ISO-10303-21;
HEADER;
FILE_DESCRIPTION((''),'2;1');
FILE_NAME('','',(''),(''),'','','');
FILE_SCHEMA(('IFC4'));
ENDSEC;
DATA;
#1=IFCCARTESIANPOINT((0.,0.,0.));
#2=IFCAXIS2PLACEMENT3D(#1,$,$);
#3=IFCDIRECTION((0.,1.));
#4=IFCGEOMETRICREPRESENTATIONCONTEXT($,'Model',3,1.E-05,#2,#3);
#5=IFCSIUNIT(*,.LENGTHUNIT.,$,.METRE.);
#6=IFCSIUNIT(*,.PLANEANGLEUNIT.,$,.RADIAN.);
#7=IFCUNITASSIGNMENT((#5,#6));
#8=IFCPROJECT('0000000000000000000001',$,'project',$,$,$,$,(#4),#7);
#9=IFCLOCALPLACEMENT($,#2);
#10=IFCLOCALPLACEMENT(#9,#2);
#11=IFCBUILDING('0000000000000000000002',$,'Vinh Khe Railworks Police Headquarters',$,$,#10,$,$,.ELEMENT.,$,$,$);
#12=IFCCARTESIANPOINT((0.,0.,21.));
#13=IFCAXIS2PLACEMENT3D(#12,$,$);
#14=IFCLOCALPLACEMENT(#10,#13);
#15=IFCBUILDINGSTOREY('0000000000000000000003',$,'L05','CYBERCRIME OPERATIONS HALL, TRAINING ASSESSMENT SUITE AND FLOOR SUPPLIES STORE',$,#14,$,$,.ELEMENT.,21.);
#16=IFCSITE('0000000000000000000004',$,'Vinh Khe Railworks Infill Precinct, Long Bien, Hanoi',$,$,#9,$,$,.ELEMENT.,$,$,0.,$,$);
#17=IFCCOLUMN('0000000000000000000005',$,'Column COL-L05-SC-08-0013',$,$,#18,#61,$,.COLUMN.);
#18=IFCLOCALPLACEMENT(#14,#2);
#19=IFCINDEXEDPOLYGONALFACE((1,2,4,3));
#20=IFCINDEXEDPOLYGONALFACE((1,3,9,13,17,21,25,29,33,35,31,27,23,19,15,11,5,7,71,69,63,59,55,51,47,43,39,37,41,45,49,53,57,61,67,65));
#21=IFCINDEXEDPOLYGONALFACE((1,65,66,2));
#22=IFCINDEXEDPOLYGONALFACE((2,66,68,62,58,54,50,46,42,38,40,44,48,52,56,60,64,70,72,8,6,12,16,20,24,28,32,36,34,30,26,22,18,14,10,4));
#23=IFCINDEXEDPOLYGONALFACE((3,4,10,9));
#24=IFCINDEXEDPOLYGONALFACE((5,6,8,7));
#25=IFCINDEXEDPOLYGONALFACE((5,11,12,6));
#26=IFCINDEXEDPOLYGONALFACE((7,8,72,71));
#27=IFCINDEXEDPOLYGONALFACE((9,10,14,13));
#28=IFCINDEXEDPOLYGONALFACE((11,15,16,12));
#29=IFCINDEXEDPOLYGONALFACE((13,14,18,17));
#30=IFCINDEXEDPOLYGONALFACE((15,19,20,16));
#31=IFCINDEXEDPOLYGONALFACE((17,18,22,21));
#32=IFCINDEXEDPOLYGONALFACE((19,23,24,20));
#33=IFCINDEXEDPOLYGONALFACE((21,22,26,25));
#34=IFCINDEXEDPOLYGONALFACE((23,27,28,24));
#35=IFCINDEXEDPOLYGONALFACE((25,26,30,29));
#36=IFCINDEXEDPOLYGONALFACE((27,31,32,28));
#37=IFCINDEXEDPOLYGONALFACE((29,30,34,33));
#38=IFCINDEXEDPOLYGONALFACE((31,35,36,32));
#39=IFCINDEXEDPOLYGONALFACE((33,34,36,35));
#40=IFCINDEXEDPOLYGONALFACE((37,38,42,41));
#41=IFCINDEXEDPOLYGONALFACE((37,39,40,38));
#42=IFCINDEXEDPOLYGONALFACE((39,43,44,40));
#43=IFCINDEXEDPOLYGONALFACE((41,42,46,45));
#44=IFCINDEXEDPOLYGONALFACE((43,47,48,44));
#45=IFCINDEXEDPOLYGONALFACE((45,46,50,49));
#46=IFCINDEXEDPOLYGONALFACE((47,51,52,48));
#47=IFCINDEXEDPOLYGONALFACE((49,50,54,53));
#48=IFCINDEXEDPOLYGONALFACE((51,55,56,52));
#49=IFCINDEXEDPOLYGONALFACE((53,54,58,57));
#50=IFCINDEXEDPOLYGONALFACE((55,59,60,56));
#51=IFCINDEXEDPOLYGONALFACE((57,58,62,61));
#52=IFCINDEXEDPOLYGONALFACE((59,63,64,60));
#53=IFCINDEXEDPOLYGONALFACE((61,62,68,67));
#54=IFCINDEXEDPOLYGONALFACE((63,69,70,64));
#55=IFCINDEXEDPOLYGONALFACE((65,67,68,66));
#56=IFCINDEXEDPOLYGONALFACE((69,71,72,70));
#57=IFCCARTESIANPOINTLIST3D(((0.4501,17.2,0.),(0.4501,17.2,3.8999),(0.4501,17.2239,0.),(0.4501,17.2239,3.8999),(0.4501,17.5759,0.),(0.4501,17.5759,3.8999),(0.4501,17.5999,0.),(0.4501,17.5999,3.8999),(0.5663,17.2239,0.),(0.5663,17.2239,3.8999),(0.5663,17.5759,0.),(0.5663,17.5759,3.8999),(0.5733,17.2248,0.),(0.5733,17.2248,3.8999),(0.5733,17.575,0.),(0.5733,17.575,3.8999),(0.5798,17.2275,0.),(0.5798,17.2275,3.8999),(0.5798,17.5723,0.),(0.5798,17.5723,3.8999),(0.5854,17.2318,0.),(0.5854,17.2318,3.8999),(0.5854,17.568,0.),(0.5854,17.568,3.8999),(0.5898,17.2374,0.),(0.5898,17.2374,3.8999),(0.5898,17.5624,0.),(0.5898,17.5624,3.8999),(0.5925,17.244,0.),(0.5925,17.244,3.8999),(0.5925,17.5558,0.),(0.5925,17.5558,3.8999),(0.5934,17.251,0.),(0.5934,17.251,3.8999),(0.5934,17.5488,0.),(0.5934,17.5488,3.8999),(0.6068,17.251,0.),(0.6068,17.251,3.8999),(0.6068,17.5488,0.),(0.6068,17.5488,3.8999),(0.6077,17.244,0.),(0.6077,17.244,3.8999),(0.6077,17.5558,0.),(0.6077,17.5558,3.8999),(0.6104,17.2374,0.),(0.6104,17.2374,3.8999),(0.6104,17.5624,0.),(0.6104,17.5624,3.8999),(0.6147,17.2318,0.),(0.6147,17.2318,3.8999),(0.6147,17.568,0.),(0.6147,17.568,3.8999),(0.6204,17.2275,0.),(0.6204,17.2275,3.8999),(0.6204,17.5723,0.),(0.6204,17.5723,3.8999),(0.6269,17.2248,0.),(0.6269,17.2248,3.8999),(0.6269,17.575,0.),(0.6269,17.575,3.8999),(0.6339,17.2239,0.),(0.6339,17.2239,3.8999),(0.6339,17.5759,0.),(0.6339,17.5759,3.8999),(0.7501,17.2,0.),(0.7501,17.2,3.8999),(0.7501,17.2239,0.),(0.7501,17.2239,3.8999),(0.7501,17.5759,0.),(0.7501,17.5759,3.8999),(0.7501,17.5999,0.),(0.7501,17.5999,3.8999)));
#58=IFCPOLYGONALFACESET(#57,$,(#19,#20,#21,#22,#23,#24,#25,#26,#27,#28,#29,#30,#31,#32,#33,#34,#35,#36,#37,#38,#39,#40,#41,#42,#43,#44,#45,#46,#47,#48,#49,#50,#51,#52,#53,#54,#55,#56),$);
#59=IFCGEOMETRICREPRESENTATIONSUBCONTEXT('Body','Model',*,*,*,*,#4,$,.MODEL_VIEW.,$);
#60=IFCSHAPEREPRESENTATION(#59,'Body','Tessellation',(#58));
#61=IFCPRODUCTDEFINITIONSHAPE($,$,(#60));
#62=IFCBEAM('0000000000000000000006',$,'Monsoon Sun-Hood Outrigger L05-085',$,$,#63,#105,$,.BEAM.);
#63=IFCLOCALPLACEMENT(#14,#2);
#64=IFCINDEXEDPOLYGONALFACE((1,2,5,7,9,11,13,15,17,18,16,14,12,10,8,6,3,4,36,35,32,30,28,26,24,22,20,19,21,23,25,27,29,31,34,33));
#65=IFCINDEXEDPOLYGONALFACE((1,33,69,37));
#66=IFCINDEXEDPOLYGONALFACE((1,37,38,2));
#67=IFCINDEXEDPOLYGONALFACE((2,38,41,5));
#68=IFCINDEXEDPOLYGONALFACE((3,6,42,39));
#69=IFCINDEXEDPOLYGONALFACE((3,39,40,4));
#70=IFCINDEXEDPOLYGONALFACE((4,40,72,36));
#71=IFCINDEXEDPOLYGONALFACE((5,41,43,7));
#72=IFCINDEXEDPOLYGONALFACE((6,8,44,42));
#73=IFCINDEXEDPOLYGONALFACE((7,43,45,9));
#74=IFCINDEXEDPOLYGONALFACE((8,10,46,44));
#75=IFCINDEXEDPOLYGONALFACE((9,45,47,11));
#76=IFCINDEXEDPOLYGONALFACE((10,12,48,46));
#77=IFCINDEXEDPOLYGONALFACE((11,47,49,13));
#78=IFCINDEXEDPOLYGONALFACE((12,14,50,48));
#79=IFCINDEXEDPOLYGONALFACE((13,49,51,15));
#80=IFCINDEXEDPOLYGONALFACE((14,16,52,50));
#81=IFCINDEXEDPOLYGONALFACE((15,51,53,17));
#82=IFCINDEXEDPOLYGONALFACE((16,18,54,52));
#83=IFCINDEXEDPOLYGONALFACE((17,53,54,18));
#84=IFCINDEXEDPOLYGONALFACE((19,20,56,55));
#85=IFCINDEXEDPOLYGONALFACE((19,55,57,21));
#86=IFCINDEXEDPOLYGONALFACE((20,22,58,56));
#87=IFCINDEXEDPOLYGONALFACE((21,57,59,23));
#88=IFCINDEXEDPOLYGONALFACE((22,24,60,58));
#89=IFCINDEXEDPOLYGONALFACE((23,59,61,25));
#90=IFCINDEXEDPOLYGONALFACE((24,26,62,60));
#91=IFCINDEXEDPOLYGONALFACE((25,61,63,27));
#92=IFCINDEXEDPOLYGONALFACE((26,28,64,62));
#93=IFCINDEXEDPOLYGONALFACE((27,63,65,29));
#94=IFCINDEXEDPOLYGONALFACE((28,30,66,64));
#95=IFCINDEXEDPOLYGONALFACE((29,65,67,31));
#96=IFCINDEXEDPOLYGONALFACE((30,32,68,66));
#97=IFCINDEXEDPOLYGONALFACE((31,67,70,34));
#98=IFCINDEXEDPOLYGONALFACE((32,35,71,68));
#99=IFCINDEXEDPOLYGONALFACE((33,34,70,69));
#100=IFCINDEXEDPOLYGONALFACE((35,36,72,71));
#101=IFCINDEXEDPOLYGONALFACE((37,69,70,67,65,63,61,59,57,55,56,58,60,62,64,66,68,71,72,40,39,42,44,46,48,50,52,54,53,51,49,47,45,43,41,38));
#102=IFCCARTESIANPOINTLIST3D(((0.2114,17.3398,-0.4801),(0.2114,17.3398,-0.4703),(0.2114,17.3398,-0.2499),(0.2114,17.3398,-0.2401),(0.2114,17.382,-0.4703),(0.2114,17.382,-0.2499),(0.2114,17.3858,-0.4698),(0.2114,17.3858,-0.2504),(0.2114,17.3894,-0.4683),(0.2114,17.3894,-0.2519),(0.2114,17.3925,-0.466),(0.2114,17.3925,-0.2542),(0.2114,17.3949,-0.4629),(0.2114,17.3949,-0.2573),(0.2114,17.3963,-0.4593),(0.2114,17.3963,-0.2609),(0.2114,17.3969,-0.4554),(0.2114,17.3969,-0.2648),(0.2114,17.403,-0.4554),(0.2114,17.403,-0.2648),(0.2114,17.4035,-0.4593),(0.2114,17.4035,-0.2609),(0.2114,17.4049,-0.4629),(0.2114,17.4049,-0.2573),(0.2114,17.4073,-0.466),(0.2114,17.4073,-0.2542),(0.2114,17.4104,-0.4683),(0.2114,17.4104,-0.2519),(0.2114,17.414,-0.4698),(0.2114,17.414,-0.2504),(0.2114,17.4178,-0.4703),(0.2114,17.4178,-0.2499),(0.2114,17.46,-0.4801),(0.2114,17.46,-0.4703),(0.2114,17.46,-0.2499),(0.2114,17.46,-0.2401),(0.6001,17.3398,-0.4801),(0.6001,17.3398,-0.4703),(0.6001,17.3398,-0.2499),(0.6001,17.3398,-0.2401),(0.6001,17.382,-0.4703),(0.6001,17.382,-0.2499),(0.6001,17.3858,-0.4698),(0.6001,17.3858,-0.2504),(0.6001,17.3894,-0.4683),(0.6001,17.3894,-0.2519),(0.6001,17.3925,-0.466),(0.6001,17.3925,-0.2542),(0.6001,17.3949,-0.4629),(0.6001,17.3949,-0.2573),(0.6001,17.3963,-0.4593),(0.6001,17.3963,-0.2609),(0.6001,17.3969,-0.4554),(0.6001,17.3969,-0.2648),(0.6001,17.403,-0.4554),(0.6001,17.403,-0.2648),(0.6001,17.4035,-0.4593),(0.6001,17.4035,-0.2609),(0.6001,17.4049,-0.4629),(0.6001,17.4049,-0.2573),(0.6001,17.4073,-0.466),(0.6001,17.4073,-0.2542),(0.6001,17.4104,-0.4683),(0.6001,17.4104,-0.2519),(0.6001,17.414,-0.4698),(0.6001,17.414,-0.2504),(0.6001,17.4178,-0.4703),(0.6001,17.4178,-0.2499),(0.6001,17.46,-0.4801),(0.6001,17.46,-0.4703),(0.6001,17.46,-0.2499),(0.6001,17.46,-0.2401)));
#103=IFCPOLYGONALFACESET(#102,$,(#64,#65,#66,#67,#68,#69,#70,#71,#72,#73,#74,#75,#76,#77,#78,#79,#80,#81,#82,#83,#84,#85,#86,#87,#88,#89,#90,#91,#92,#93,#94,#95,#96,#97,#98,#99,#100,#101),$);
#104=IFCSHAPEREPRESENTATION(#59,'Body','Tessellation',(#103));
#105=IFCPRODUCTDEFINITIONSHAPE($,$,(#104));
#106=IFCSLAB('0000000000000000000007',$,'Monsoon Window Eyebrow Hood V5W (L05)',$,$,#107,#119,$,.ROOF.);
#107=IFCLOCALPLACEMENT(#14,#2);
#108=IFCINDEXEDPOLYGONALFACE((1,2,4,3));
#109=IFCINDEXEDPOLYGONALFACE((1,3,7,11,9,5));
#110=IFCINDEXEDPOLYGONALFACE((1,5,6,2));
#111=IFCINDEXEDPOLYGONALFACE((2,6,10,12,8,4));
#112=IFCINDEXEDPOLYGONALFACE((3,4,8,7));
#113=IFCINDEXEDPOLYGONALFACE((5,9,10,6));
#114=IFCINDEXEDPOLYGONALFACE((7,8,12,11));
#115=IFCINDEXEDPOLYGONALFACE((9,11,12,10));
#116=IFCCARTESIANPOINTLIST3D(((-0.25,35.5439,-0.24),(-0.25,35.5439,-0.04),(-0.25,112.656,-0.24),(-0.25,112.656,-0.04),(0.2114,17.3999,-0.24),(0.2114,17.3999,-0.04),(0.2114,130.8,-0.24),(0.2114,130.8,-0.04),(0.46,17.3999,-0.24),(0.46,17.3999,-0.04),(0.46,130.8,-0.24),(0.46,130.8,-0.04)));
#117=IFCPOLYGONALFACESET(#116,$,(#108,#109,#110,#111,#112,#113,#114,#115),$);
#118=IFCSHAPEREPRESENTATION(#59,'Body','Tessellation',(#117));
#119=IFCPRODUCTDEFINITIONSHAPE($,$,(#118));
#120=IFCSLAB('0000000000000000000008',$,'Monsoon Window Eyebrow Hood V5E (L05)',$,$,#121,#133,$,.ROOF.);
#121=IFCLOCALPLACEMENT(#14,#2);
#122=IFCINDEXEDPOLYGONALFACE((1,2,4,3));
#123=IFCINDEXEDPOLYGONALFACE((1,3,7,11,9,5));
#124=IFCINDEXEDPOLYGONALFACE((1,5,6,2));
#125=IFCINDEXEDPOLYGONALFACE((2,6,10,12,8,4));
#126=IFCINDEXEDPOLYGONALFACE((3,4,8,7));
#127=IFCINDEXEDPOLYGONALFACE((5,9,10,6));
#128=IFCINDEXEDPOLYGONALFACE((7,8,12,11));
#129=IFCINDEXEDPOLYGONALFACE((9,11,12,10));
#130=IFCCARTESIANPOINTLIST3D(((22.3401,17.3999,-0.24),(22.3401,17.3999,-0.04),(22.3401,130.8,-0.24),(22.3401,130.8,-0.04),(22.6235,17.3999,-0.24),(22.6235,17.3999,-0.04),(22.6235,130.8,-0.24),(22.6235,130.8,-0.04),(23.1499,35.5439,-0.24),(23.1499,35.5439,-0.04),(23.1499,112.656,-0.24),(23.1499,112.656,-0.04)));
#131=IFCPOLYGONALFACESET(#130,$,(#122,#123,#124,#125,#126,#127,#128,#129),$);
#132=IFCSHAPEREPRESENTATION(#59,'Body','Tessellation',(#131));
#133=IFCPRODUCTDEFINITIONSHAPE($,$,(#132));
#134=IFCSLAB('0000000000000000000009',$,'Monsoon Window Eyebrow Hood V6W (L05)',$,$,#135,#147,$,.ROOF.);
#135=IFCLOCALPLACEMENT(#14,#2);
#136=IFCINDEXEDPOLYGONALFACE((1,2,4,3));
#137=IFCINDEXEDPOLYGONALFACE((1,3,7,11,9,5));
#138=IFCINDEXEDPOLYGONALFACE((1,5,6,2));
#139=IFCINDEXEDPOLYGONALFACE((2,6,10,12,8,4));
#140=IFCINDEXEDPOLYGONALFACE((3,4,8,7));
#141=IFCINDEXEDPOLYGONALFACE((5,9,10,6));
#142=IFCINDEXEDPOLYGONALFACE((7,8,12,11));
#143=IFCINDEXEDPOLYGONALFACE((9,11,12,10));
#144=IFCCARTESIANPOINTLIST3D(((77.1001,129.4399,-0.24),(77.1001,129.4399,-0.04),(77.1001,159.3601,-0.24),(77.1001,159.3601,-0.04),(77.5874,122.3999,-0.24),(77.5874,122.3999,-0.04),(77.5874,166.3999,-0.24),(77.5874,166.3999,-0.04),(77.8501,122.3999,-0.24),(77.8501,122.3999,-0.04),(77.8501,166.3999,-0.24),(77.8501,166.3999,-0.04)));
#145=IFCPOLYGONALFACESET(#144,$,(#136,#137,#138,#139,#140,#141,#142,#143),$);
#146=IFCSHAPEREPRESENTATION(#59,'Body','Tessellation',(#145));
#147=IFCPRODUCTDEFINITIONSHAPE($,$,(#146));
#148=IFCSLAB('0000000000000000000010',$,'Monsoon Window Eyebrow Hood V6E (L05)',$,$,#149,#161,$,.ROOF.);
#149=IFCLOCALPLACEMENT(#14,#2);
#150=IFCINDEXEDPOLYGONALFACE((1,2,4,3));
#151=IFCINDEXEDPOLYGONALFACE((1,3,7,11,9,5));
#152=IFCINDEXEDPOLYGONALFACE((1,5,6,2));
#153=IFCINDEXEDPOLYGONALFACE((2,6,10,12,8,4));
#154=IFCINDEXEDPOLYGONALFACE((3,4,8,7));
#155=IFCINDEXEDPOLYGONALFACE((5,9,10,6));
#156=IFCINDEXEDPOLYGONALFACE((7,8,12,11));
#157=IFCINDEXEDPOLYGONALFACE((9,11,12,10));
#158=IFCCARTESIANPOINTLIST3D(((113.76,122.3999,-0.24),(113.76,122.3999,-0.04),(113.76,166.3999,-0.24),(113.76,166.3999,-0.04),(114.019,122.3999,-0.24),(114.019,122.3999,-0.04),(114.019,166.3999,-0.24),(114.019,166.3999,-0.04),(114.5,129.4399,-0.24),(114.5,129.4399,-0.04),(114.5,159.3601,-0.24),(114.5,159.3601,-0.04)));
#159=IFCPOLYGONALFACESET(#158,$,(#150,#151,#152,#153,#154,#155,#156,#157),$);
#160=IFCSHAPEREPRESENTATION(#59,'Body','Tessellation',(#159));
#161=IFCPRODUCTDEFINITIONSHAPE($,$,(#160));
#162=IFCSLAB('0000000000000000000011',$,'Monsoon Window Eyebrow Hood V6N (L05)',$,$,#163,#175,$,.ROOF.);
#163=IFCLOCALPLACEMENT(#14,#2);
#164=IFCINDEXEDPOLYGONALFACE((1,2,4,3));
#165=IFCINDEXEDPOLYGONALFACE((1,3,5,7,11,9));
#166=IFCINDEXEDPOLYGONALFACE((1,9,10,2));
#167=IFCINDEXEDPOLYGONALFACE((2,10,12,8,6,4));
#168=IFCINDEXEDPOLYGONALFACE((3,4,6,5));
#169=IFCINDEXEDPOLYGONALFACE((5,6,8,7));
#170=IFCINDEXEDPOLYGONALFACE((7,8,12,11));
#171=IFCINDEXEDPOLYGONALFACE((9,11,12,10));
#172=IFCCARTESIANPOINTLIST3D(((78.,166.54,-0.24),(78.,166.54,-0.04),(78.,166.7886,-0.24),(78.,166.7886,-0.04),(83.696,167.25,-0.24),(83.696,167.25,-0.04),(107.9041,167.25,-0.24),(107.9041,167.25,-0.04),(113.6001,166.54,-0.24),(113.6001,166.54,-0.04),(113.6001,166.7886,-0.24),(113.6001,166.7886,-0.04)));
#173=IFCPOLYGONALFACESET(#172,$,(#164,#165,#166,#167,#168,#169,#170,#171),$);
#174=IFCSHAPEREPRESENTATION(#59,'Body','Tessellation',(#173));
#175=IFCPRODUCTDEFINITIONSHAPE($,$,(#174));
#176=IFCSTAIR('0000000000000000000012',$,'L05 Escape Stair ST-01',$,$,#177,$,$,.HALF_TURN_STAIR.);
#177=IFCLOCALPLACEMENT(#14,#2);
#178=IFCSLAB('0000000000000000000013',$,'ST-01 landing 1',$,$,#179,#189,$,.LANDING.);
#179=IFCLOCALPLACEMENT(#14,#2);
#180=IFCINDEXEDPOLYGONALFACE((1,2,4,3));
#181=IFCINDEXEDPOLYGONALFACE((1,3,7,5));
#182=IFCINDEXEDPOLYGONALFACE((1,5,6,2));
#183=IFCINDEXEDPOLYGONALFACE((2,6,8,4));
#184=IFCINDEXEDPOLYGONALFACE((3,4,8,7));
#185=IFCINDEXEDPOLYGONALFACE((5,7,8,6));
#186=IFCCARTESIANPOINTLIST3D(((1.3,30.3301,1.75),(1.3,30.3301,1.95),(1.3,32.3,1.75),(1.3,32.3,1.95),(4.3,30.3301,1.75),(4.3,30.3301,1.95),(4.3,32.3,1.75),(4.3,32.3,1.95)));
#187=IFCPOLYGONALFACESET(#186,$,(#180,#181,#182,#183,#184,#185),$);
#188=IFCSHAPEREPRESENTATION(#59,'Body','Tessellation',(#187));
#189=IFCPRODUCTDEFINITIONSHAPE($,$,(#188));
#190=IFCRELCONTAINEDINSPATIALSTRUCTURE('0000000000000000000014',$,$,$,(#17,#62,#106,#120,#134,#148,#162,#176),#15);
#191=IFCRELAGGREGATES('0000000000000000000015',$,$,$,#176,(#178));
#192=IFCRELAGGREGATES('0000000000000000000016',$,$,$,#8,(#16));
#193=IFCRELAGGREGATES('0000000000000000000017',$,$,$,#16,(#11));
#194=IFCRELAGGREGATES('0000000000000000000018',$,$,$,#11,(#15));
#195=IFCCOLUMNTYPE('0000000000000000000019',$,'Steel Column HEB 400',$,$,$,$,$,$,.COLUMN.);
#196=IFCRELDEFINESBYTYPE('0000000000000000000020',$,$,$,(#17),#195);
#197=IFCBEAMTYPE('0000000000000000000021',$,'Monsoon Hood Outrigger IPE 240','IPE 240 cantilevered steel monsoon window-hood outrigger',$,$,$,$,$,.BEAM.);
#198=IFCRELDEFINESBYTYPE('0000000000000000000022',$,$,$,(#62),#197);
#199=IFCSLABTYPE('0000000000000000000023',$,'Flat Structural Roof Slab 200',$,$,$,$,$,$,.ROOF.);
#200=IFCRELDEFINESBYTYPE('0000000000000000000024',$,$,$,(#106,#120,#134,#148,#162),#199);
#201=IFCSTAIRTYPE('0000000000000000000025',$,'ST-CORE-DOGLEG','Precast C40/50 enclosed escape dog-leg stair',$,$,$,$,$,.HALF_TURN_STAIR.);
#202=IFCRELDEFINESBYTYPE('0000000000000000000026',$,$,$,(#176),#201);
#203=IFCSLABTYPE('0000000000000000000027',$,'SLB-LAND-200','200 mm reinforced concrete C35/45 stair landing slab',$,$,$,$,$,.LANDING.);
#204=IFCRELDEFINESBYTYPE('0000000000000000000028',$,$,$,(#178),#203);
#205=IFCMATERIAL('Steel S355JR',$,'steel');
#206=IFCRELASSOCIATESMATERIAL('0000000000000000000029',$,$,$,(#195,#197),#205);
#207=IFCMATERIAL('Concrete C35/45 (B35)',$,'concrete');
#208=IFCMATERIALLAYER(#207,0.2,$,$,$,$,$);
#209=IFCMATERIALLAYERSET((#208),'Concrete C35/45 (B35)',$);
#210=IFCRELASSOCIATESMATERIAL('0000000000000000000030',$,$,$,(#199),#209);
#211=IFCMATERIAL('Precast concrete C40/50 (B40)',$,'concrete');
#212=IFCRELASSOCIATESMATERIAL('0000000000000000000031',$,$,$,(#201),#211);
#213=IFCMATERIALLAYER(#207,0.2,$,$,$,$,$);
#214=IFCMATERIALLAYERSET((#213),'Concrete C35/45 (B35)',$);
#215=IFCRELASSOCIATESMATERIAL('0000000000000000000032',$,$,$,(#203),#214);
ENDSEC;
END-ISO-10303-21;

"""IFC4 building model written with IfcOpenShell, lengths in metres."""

from ifc_helpers import new_model, si_unit, direction, frame, origin, origin_2d, place, context, subcontext, project, spatial, polyline, i_section, outline, extrude, material, layer, layer_set, material_profile, profile_set, type_object, element, aggregate, save


model = new_model("IFC4")

# Units and contexts
model_context = context("Model", 3, precision=1e-05, world=origin(), true_north=direction((0.0, 1.0)))
body_context = subcontext(model_context, "Body", "Model", "MODEL_VIEW")
ifc_project = project(units=[si_unit("LENGTHUNIT", "METRE"), si_unit("PLANEANGLEUNIT", "RADIAN")], contexts=[model_context])

# Site, building, storey
site_placement = place(None, origin())
site = spatial("IfcSite", under=ifc_project, at=site_placement, Name="Vinh Khe Railworks Infill Precinct, Long Bien, Hanoi", CompositionType="ELEMENT", RefElevation=0.0)
building_placement = place(site_placement, origin())
building = spatial("IfcBuilding", under=site, at=building_placement, Name="Vinh Khe Railworks Police Headquarters", CompositionType="ELEMENT")
storey_placement = place(building_placement, frame((0.0, 0.0, 21.0)))
storey = spatial("IfcBuildingStorey", under=building, at=storey_placement, Name="L05", Description="CYBERCRIME OPERATIONS HALL, TRAINING ASSESSMENT SUITE AND FLOOR SUPPLIES STORE", CompositionType="ELEMENT", Elevation=21.0)

# Column
ifc_material_1 = material(Name="Steel S355JR", Category="steel")
ifc_material_profile_1 = material_profile(ifc_material_1, i_section(OverallWidth=0.3, OverallDepth=0.3999, WebThickness=0.0134, FlangeThickness=0.0239, FilletRadius=0.0271, at=origin_2d()), Name="HEB 400")
ifc_profile_set_1 = profile_set([ifc_material_profile_1], Name="Steel S355JR")
column_type = type_object("IfcColumnType", Name="Steel Column HEB 400", PredefinedType="COLUMN", material=ifc_profile_set_1)
column_placement = place(storey_placement, frame((0.6001, 17.3999, 0.0), z_axis=(0.0, 0.0, 1.0), x_axis=(1.0, 0.0, 0.0)))
element("IfcColumn", 1, at=column_placement, inside=storey, type_object=column_type, Name="Column COL-L05-SC-08-0013", PredefinedType="COLUMN", context=body_context, shape_type="SweptSolid", body=[
    extrude(i_section(OverallWidth=0.3, OverallDepth=0.3999, WebThickness=0.0134, FlangeThickness=0.0239, FilletRadius=0.0271, at=origin_2d()), origin(), (0.0, 0.0, 1.0), 3.8999),
])

# Beam
ifc_material_profile_2 = material_profile(ifc_material_1, i_section(OverallWidth=0.1201, OverallDepth=0.24, WebThickness=0.0061, FlangeThickness=0.0098, FilletRadius=0.0149, at=origin_2d()), Name="IPE 240")
ifc_profile_set_2 = profile_set([ifc_material_profile_2], Name="Steel S355JR")
beam_type = type_object("IfcBeamType", Name="Monsoon Hood Outrigger IPE 240", Description="IPE 240 cantilevered steel monsoon window-hood outrigger", PredefinedType="BEAM", material=ifc_profile_set_2)
beam_placement = place(storey_placement, frame((0.2114, 17.3999, -0.3601), z_axis=(1.0, 0.0, 0.0), x_axis=(0.0, 1.0, 0.0)))
element("IfcBeam", 2, at=beam_placement, inside=storey, type_object=beam_type, Name="Monsoon Sun-Hood Outrigger L05-085", PredefinedType="BEAM", context=body_context, shape_type="SweptSolid", body=[
    extrude(i_section(OverallWidth=0.1201, OverallDepth=0.24, WebThickness=0.0061, FlangeThickness=0.0098, FilletRadius=0.0149, at=origin_2d()), origin(), (0.0, 0.0, 1.0), 0.3887),
])

# Slabs
ifc_material_2 = material(Name="Concrete C35/45 (B35)", Category="concrete")
ifc_layer_1 = layer(ifc_material_2, 0.2)
ifc_layer_set_1 = layer_set([ifc_layer_1], Name="Concrete C35/45 (B35)")
slab_type_1 = type_object("IfcSlabType", Name="Flat Structural Roof Slab 200", PredefinedType="ROOF", material=ifc_layer_set_1)
slab_1_placement = place(storey_placement, frame((0.0, 0.0, -0.24)))
element("IfcSlab", 3, at=slab_1_placement, inside=storey, type_object=slab_type_1, Name="Monsoon Window Eyebrow Hood V5W (L05)", PredefinedType="ROOF", context=body_context, shape_type="SweptSolid", body=[
    extrude(outline(polyline([(0.46, 17.3999), (0.46, 130.8), (0.2114, 130.8), (-0.25, 112.656), (-0.25, 35.5439), (0.2114, 17.3999), (0.46, 17.3999)])), origin(), (0.0, 0.0, 1.0), 0.2),
])
slab_2_placement = place(storey_placement, frame((0.0, 0.0, -0.24)))
element("IfcSlab", 4, at=slab_2_placement, inside=storey, type_object=slab_type_1, Name="Monsoon Window Eyebrow Hood V5E (L05)", PredefinedType="ROOF", context=body_context, shape_type="SweptSolid", body=[
    extrude(outline(polyline([(22.3401, 17.3999), (22.6235, 17.3999), (23.1499, 35.5439), (23.1499, 112.656), (22.6235, 130.8), (22.3401, 130.8), (22.3401, 17.3999)])), origin(), (0.0, 0.0, 1.0), 0.2),
])
slab_3_placement = place(storey_placement, frame((0.0, 0.0, -0.24)))
element("IfcSlab", 5, at=slab_3_placement, inside=storey, type_object=slab_type_1, Name="Monsoon Window Eyebrow Hood V6W (L05)", PredefinedType="ROOF", context=body_context, shape_type="SweptSolid", body=[
    extrude(outline(polyline([(77.8501, 122.3999), (77.8501, 166.3999), (77.5874, 166.3999), (77.1001, 159.3601), (77.1001, 129.4399), (77.5874, 122.3999), (77.8501, 122.3999)])), origin(), (0.0, 0.0, 1.0), 0.2),
])
slab_4_placement = place(storey_placement, frame((0.0, 0.0, -0.24)))
element("IfcSlab", 6, at=slab_4_placement, inside=storey, type_object=slab_type_1, Name="Monsoon Window Eyebrow Hood V6E (L05)", PredefinedType="ROOF", context=body_context, shape_type="SweptSolid", body=[
    extrude(outline(polyline([(113.76, 122.3999), (114.019, 122.3999), (114.5, 129.4399), (114.5, 159.3601), (114.019, 166.3999), (113.76, 166.3999), (113.76, 122.3999)])), origin(), (0.0, 0.0, 1.0), 0.2),
])
slab_5_placement = place(storey_placement, frame((0.0, 0.0, -0.24)))
element("IfcSlab", 7, at=slab_5_placement, inside=storey, type_object=slab_type_1, Name="Monsoon Window Eyebrow Hood V6N (L05)", PredefinedType="ROOF", context=body_context, shape_type="SweptSolid", body=[
    extrude(outline(polyline([(78.0, 166.54), (113.6001, 166.54), (113.6001, 166.7886), (107.9041, 167.25), (83.696, 167.25), (78.0, 166.7886), (78.0, 166.54)])), origin(), (0.0, 0.0, 1.0), 0.2),
])

# Stair, slab
ifc_material_3 = material(Name="Precast concrete C40/50 (B40)", Category="concrete")
stair_type = type_object("IfcStairType", Name="ST-CORE-DOGLEG", Description="Precast C40/50 enclosed escape dog-leg stair", PredefinedType="HALF_TURN_STAIR", material=ifc_material_3)
stair_1_placement = place(storey_placement, origin())
stair_1 = element("IfcStair", 8, at=stair_1_placement, inside=storey, type_object=stair_type, Name="L05 Escape Stair ST-01", PredefinedType="HALF_TURN_STAIR")
ifc_layer_2 = layer(ifc_material_2, 0.2)
ifc_layer_set_2 = layer_set([ifc_layer_2], Name="Concrete C35/45 (B35)")
slab_type_2 = type_object("IfcSlabType", Name="SLB-LAND-200", Description="200 mm reinforced concrete C35/45 stair landing slab", PredefinedType="LANDING", material=ifc_layer_set_2)
slab_6_placement = place(storey_placement, frame((0.0, 0.0, 1.75)))
slab_6 = element("IfcSlab", 9, at=slab_6_placement, type_object=slab_type_2, Name="ST-01 landing 1", PredefinedType="LANDING", context=body_context, shape_type="SweptSolid", body=[
    extrude(outline(polyline([(4.3, 30.3301), (4.3, 32.3), (1.3, 32.3), (1.3, 30.3301), (4.3, 30.3301)])), origin(), (0.0, 0.0, 1.0), 0.2),
])
aggregate(stair_1, [slab_6])

save(model, "model.ifc")
